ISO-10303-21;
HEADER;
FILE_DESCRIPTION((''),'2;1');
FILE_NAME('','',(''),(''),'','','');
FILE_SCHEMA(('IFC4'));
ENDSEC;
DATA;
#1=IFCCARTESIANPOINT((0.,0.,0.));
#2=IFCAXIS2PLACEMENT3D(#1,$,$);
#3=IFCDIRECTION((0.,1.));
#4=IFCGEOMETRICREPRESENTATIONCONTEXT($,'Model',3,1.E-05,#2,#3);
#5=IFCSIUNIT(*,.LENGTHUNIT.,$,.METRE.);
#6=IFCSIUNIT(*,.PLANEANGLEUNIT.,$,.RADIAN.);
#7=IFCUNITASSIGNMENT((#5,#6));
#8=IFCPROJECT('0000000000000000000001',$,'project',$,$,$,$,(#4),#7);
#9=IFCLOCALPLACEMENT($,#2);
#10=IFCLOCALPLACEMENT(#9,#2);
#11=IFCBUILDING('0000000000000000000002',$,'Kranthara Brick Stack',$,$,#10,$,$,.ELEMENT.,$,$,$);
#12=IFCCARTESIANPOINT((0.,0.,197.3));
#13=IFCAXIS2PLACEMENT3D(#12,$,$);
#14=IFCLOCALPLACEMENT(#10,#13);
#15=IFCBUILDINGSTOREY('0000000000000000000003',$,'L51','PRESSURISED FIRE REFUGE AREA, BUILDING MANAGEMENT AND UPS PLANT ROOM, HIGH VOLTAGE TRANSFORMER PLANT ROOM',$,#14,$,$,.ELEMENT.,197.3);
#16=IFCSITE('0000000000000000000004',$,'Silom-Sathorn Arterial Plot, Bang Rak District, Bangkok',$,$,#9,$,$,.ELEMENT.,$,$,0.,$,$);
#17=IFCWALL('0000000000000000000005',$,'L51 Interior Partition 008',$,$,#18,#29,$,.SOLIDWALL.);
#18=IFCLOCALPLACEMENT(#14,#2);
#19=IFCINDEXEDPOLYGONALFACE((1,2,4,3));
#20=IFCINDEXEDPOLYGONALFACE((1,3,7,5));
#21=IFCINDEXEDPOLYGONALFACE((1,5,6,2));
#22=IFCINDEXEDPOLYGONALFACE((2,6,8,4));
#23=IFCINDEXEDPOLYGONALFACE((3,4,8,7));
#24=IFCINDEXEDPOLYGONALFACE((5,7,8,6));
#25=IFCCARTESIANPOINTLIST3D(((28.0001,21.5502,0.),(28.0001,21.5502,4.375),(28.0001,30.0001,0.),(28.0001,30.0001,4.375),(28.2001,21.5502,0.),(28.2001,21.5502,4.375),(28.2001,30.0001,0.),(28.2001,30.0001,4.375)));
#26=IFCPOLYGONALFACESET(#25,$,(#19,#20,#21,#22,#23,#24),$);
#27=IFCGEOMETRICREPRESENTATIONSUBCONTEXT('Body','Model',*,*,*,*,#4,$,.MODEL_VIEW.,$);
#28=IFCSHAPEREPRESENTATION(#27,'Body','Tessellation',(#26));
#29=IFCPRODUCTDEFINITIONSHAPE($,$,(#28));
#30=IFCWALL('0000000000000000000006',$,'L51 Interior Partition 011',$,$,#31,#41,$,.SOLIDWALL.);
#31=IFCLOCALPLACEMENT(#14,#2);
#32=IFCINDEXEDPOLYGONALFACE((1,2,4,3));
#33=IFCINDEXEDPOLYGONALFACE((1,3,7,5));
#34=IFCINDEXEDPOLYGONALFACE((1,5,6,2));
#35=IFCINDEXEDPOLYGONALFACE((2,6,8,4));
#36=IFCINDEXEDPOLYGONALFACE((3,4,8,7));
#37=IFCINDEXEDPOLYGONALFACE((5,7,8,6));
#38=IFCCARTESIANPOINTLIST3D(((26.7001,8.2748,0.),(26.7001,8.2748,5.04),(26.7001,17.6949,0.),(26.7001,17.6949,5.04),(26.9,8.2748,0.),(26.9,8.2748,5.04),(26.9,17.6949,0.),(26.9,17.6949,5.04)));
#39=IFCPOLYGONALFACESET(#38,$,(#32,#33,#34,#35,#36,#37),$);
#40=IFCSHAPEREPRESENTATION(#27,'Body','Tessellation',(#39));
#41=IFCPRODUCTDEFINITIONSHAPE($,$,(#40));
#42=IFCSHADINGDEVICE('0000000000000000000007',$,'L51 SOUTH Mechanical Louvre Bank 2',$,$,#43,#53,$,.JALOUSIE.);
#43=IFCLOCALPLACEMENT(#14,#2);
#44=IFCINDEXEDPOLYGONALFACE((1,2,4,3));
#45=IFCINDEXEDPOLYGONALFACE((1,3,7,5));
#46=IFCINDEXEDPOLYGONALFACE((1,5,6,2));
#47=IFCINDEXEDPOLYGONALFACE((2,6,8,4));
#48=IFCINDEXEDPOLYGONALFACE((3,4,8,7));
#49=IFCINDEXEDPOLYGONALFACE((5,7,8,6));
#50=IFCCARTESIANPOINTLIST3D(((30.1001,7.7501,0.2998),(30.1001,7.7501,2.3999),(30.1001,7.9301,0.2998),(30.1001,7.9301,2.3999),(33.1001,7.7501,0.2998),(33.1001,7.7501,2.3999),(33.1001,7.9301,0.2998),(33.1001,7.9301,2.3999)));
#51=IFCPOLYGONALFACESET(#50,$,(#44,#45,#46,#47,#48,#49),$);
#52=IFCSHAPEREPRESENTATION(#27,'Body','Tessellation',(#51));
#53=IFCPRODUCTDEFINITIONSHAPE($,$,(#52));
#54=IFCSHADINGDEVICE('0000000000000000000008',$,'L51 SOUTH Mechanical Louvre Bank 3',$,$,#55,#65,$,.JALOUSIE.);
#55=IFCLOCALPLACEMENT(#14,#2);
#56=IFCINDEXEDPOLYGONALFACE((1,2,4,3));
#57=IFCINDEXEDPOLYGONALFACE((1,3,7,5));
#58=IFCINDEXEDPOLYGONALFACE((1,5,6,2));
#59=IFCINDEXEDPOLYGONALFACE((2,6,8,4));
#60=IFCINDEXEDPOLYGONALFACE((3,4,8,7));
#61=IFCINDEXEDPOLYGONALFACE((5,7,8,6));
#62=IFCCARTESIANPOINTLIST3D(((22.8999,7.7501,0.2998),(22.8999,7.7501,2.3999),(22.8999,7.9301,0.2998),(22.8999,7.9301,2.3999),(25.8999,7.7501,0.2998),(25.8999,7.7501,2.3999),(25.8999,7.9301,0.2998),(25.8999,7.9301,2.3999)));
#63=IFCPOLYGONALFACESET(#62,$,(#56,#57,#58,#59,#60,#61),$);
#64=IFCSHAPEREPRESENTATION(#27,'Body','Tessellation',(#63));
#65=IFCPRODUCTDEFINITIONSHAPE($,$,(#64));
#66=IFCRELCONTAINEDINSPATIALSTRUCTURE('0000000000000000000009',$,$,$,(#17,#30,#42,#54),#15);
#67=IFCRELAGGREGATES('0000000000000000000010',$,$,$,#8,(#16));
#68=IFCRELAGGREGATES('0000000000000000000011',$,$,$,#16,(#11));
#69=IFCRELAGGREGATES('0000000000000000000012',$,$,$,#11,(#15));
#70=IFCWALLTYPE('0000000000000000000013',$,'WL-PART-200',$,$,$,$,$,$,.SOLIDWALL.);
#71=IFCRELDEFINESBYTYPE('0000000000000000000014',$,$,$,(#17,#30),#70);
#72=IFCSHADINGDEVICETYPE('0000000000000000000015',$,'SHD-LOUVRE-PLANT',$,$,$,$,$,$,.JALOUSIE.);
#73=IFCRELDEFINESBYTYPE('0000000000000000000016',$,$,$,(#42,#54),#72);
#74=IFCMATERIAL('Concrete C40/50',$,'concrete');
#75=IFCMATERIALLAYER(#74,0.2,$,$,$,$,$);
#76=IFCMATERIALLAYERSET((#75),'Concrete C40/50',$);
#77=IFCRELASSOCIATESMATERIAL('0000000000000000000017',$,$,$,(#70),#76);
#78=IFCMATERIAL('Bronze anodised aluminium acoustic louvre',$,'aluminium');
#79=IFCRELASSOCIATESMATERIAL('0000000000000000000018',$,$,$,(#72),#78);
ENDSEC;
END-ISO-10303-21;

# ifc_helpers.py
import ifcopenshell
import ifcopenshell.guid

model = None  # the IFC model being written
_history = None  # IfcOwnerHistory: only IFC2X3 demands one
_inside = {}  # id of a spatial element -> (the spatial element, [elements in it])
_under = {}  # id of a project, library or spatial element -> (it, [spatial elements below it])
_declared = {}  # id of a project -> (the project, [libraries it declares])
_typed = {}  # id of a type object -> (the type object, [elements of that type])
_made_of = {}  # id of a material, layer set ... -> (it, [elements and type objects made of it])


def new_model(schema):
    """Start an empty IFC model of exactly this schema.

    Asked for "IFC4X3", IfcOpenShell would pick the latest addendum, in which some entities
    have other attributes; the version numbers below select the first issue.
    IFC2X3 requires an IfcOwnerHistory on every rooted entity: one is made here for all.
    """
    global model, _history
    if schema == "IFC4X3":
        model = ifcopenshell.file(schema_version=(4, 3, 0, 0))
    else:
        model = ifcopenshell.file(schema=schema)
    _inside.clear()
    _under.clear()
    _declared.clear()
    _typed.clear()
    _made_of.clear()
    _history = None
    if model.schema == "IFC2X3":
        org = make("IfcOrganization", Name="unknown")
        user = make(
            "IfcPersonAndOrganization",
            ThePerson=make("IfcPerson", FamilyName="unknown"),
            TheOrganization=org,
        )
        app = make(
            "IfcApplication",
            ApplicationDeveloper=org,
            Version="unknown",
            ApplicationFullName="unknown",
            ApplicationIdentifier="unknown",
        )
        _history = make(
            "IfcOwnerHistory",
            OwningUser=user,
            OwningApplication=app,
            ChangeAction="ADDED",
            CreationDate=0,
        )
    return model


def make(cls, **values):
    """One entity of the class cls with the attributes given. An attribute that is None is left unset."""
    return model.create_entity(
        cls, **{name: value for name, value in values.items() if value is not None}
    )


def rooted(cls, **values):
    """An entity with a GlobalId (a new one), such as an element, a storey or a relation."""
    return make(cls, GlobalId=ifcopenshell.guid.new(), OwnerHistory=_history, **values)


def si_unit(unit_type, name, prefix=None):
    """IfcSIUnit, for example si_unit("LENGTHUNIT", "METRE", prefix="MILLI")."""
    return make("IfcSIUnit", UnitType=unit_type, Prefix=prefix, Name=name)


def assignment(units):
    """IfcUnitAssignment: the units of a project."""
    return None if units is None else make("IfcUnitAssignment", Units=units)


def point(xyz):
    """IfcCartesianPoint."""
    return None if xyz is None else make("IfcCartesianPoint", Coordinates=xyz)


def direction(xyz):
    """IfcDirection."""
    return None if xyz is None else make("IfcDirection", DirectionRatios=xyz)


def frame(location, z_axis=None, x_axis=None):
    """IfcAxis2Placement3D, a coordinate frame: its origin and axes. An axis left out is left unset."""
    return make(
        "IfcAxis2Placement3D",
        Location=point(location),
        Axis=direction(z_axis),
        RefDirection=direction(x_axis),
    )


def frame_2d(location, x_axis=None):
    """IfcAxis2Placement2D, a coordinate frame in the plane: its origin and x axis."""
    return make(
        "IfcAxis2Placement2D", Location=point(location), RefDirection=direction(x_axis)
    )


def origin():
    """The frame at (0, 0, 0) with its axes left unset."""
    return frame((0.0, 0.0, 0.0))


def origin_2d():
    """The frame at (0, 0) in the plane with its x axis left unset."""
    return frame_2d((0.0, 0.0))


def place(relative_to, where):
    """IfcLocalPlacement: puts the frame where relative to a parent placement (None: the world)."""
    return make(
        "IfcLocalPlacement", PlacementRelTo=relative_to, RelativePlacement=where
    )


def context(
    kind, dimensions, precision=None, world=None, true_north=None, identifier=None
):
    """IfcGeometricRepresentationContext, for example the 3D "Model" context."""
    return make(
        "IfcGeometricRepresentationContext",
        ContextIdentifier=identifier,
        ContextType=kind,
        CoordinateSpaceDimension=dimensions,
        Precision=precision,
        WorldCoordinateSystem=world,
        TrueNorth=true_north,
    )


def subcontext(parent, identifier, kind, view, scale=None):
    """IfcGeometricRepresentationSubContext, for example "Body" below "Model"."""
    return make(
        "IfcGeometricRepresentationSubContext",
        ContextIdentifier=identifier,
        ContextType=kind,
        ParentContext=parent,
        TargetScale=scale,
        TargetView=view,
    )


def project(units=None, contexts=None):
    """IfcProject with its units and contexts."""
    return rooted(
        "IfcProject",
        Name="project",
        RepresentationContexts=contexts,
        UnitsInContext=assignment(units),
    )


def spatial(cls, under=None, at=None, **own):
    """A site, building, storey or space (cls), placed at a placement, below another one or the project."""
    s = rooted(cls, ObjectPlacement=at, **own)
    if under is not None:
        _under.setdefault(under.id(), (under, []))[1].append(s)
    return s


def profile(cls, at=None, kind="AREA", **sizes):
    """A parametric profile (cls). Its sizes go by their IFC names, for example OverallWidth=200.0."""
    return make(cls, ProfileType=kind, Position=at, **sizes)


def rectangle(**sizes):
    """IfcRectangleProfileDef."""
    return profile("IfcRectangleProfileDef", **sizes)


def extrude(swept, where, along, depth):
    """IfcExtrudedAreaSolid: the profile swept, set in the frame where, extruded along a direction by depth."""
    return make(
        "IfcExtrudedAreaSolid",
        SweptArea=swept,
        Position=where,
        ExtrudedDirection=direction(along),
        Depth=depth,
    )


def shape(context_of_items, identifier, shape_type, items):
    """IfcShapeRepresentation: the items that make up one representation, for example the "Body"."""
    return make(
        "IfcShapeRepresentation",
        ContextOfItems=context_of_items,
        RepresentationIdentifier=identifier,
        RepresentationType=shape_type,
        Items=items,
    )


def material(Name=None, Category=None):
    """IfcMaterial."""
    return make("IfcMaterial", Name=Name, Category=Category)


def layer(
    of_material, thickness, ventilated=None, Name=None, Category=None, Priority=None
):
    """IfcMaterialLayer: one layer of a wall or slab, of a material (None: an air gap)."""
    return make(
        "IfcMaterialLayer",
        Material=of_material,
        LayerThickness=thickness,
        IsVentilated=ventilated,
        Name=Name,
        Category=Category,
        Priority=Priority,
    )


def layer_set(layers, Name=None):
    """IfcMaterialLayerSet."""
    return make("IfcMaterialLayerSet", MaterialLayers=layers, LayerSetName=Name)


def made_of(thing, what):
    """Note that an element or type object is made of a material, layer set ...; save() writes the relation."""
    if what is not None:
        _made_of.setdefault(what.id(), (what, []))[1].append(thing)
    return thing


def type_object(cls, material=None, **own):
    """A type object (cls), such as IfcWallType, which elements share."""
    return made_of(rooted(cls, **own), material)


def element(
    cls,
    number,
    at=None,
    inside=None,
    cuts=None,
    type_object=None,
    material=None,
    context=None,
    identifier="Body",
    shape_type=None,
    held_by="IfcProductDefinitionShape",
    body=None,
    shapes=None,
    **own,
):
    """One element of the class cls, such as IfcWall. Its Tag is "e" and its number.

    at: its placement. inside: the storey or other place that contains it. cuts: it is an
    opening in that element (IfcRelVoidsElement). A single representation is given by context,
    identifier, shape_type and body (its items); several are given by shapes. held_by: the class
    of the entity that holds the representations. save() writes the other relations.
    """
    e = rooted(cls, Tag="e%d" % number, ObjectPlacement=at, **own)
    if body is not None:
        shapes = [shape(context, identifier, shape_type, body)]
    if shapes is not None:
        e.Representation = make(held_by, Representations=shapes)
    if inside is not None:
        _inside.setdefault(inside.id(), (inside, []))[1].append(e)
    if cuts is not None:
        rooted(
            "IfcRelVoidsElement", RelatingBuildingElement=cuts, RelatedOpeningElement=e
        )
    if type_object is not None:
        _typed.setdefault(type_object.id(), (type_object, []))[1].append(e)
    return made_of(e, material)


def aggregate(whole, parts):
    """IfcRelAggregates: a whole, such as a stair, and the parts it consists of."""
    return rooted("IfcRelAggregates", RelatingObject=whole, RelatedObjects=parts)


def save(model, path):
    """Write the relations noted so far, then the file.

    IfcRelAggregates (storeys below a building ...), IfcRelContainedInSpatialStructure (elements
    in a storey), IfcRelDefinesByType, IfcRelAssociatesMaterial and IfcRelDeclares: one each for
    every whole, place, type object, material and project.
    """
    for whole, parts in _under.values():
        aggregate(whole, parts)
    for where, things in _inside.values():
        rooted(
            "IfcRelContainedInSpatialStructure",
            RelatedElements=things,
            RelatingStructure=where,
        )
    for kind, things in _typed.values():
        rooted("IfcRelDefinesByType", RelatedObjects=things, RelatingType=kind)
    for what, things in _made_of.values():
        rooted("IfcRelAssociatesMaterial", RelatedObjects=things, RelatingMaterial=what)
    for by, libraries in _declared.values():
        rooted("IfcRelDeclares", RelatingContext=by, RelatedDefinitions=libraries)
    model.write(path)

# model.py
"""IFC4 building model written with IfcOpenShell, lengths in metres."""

from ifc_helpers import new_model, si_unit, direction, frame, frame_2d, origin, origin_2d, place, context, subcontext, project, spatial, rectangle, extrude, material, layer, layer_set, type_object, element, save


model = new_model("IFC4")

# Units and contexts
model_context = context("Model", 3, precision=1e-05, world=origin(), true_north=direction((0.0, 1.0)))
body_context = subcontext(model_context, "Body", "Model", "MODEL_VIEW")
ifc_project = project(units=[si_unit("LENGTHUNIT", "METRE"), si_unit("PLANEANGLEUNIT", "RADIAN")], contexts=[model_context])

# Site, building, storey
site_placement = place(None, origin())
site = spatial("IfcSite", under=ifc_project, at=site_placement, Name="Silom-Sathorn Arterial Plot, Bang Rak District, Bangkok", CompositionType="ELEMENT", RefElevation=0.0)
building_placement = place(site_placement, origin())
building = spatial("IfcBuilding", under=site, at=building_placement, Name="Kranthara Brick Stack", CompositionType="ELEMENT")
storey_placement = place(building_placement, frame((0.0, 0.0, 197.3)))
storey = spatial("IfcBuildingStorey", under=building, at=storey_placement, Name="L51", Description="PRESSURISED FIRE REFUGE AREA, BUILDING MANAGEMENT AND UPS PLANT ROOM, HIGH VOLTAGE TRANSFORMER PLANT ROOM", CompositionType="ELEMENT", Elevation=197.3)

# Walls
ifc_material_1 = material(Name="Concrete C40/50", Category="concrete")
ifc_layer_1 = layer(ifc_material_1, 0.2)
ifc_layer_set_1 = layer_set([ifc_layer_1], Name="Concrete C40/50")
wall_type_1 = type_object("IfcWallType", Name="WL-PART-200", PredefinedType="SOLIDWALL", material=ifc_layer_set_1)
wall_1_placement = place(storey_placement, frame((28.1001, 21.55, 0.0), z_axis=(0.0, 0.0, 1.0), x_axis=(0.0, 1.0, 0.0)))
element("IfcWall", 1, at=wall_1_placement, inside=storey, type_object=wall_type_1, Name="L51 Interior Partition 008", PredefinedType="SOLIDWALL", context=body_context, shape_type="SweptSolid", body=[
    extrude(rectangle(XDim=8.45, YDim=0.2, at=frame_2d((4.2251, 0.0))), origin(), (0.0, 0.0, 1.0), 4.375),
])
wall_2_placement = place(storey_placement, frame((26.8, 8.2749, 0.0), z_axis=(0.0, 0.0, 1.0), x_axis=(0.0, 1.0, 0.0)))
element("IfcWall", 2, at=wall_2_placement, inside=storey, type_object=wall_type_1, Name="L51 Interior Partition 011", PredefinedType="SOLIDWALL", context=body_context, shape_type="SweptSolid", body=[
    extrude(rectangle(XDim=9.4202, YDim=0.2, at=frame_2d((4.71, 0.0))), origin(), (0.0, 0.0, 1.0), 5.04),
])

# Shading devices
ifc_material_2 = material(Name="Bronze anodised aluminium acoustic louvre", Category="aluminium")
shading_device_type = type_object("IfcShadingDeviceType", Name="SHD-LOUVRE-PLANT", PredefinedType="JALOUSIE", material=ifc_material_2)
for number, where, z_axis, x_axis, name in (
    (3, (31.6001, 7.8401, 0.2998), (0.0, 0.0, 1.0), (-1.0, 0.0, 0.0), "L51 SOUTH Mechanical Louvre Bank 2"),
    (4, (24.3999, 7.8401, 0.2998), (0.0, 0.0, 1.0), (-1.0, 0.0, 0.0), "L51 SOUTH Mechanical Louvre Bank 3"),
):
    element("IfcShadingDevice", number, at=place(storey_placement, frame(where, z_axis=z_axis, x_axis=x_axis)), inside=storey, type_object=shading_device_type, Name=name, PredefinedType="JALOUSIE", context=body_context, shape_type="SweptSolid", body=[
        extrude(rectangle(XDim=3.0, YDim=0.1799, at=origin_2d()), origin(), (0.0, 0.0, 1.0), 2.1001),
    ])

save(model, "model.ifc")
